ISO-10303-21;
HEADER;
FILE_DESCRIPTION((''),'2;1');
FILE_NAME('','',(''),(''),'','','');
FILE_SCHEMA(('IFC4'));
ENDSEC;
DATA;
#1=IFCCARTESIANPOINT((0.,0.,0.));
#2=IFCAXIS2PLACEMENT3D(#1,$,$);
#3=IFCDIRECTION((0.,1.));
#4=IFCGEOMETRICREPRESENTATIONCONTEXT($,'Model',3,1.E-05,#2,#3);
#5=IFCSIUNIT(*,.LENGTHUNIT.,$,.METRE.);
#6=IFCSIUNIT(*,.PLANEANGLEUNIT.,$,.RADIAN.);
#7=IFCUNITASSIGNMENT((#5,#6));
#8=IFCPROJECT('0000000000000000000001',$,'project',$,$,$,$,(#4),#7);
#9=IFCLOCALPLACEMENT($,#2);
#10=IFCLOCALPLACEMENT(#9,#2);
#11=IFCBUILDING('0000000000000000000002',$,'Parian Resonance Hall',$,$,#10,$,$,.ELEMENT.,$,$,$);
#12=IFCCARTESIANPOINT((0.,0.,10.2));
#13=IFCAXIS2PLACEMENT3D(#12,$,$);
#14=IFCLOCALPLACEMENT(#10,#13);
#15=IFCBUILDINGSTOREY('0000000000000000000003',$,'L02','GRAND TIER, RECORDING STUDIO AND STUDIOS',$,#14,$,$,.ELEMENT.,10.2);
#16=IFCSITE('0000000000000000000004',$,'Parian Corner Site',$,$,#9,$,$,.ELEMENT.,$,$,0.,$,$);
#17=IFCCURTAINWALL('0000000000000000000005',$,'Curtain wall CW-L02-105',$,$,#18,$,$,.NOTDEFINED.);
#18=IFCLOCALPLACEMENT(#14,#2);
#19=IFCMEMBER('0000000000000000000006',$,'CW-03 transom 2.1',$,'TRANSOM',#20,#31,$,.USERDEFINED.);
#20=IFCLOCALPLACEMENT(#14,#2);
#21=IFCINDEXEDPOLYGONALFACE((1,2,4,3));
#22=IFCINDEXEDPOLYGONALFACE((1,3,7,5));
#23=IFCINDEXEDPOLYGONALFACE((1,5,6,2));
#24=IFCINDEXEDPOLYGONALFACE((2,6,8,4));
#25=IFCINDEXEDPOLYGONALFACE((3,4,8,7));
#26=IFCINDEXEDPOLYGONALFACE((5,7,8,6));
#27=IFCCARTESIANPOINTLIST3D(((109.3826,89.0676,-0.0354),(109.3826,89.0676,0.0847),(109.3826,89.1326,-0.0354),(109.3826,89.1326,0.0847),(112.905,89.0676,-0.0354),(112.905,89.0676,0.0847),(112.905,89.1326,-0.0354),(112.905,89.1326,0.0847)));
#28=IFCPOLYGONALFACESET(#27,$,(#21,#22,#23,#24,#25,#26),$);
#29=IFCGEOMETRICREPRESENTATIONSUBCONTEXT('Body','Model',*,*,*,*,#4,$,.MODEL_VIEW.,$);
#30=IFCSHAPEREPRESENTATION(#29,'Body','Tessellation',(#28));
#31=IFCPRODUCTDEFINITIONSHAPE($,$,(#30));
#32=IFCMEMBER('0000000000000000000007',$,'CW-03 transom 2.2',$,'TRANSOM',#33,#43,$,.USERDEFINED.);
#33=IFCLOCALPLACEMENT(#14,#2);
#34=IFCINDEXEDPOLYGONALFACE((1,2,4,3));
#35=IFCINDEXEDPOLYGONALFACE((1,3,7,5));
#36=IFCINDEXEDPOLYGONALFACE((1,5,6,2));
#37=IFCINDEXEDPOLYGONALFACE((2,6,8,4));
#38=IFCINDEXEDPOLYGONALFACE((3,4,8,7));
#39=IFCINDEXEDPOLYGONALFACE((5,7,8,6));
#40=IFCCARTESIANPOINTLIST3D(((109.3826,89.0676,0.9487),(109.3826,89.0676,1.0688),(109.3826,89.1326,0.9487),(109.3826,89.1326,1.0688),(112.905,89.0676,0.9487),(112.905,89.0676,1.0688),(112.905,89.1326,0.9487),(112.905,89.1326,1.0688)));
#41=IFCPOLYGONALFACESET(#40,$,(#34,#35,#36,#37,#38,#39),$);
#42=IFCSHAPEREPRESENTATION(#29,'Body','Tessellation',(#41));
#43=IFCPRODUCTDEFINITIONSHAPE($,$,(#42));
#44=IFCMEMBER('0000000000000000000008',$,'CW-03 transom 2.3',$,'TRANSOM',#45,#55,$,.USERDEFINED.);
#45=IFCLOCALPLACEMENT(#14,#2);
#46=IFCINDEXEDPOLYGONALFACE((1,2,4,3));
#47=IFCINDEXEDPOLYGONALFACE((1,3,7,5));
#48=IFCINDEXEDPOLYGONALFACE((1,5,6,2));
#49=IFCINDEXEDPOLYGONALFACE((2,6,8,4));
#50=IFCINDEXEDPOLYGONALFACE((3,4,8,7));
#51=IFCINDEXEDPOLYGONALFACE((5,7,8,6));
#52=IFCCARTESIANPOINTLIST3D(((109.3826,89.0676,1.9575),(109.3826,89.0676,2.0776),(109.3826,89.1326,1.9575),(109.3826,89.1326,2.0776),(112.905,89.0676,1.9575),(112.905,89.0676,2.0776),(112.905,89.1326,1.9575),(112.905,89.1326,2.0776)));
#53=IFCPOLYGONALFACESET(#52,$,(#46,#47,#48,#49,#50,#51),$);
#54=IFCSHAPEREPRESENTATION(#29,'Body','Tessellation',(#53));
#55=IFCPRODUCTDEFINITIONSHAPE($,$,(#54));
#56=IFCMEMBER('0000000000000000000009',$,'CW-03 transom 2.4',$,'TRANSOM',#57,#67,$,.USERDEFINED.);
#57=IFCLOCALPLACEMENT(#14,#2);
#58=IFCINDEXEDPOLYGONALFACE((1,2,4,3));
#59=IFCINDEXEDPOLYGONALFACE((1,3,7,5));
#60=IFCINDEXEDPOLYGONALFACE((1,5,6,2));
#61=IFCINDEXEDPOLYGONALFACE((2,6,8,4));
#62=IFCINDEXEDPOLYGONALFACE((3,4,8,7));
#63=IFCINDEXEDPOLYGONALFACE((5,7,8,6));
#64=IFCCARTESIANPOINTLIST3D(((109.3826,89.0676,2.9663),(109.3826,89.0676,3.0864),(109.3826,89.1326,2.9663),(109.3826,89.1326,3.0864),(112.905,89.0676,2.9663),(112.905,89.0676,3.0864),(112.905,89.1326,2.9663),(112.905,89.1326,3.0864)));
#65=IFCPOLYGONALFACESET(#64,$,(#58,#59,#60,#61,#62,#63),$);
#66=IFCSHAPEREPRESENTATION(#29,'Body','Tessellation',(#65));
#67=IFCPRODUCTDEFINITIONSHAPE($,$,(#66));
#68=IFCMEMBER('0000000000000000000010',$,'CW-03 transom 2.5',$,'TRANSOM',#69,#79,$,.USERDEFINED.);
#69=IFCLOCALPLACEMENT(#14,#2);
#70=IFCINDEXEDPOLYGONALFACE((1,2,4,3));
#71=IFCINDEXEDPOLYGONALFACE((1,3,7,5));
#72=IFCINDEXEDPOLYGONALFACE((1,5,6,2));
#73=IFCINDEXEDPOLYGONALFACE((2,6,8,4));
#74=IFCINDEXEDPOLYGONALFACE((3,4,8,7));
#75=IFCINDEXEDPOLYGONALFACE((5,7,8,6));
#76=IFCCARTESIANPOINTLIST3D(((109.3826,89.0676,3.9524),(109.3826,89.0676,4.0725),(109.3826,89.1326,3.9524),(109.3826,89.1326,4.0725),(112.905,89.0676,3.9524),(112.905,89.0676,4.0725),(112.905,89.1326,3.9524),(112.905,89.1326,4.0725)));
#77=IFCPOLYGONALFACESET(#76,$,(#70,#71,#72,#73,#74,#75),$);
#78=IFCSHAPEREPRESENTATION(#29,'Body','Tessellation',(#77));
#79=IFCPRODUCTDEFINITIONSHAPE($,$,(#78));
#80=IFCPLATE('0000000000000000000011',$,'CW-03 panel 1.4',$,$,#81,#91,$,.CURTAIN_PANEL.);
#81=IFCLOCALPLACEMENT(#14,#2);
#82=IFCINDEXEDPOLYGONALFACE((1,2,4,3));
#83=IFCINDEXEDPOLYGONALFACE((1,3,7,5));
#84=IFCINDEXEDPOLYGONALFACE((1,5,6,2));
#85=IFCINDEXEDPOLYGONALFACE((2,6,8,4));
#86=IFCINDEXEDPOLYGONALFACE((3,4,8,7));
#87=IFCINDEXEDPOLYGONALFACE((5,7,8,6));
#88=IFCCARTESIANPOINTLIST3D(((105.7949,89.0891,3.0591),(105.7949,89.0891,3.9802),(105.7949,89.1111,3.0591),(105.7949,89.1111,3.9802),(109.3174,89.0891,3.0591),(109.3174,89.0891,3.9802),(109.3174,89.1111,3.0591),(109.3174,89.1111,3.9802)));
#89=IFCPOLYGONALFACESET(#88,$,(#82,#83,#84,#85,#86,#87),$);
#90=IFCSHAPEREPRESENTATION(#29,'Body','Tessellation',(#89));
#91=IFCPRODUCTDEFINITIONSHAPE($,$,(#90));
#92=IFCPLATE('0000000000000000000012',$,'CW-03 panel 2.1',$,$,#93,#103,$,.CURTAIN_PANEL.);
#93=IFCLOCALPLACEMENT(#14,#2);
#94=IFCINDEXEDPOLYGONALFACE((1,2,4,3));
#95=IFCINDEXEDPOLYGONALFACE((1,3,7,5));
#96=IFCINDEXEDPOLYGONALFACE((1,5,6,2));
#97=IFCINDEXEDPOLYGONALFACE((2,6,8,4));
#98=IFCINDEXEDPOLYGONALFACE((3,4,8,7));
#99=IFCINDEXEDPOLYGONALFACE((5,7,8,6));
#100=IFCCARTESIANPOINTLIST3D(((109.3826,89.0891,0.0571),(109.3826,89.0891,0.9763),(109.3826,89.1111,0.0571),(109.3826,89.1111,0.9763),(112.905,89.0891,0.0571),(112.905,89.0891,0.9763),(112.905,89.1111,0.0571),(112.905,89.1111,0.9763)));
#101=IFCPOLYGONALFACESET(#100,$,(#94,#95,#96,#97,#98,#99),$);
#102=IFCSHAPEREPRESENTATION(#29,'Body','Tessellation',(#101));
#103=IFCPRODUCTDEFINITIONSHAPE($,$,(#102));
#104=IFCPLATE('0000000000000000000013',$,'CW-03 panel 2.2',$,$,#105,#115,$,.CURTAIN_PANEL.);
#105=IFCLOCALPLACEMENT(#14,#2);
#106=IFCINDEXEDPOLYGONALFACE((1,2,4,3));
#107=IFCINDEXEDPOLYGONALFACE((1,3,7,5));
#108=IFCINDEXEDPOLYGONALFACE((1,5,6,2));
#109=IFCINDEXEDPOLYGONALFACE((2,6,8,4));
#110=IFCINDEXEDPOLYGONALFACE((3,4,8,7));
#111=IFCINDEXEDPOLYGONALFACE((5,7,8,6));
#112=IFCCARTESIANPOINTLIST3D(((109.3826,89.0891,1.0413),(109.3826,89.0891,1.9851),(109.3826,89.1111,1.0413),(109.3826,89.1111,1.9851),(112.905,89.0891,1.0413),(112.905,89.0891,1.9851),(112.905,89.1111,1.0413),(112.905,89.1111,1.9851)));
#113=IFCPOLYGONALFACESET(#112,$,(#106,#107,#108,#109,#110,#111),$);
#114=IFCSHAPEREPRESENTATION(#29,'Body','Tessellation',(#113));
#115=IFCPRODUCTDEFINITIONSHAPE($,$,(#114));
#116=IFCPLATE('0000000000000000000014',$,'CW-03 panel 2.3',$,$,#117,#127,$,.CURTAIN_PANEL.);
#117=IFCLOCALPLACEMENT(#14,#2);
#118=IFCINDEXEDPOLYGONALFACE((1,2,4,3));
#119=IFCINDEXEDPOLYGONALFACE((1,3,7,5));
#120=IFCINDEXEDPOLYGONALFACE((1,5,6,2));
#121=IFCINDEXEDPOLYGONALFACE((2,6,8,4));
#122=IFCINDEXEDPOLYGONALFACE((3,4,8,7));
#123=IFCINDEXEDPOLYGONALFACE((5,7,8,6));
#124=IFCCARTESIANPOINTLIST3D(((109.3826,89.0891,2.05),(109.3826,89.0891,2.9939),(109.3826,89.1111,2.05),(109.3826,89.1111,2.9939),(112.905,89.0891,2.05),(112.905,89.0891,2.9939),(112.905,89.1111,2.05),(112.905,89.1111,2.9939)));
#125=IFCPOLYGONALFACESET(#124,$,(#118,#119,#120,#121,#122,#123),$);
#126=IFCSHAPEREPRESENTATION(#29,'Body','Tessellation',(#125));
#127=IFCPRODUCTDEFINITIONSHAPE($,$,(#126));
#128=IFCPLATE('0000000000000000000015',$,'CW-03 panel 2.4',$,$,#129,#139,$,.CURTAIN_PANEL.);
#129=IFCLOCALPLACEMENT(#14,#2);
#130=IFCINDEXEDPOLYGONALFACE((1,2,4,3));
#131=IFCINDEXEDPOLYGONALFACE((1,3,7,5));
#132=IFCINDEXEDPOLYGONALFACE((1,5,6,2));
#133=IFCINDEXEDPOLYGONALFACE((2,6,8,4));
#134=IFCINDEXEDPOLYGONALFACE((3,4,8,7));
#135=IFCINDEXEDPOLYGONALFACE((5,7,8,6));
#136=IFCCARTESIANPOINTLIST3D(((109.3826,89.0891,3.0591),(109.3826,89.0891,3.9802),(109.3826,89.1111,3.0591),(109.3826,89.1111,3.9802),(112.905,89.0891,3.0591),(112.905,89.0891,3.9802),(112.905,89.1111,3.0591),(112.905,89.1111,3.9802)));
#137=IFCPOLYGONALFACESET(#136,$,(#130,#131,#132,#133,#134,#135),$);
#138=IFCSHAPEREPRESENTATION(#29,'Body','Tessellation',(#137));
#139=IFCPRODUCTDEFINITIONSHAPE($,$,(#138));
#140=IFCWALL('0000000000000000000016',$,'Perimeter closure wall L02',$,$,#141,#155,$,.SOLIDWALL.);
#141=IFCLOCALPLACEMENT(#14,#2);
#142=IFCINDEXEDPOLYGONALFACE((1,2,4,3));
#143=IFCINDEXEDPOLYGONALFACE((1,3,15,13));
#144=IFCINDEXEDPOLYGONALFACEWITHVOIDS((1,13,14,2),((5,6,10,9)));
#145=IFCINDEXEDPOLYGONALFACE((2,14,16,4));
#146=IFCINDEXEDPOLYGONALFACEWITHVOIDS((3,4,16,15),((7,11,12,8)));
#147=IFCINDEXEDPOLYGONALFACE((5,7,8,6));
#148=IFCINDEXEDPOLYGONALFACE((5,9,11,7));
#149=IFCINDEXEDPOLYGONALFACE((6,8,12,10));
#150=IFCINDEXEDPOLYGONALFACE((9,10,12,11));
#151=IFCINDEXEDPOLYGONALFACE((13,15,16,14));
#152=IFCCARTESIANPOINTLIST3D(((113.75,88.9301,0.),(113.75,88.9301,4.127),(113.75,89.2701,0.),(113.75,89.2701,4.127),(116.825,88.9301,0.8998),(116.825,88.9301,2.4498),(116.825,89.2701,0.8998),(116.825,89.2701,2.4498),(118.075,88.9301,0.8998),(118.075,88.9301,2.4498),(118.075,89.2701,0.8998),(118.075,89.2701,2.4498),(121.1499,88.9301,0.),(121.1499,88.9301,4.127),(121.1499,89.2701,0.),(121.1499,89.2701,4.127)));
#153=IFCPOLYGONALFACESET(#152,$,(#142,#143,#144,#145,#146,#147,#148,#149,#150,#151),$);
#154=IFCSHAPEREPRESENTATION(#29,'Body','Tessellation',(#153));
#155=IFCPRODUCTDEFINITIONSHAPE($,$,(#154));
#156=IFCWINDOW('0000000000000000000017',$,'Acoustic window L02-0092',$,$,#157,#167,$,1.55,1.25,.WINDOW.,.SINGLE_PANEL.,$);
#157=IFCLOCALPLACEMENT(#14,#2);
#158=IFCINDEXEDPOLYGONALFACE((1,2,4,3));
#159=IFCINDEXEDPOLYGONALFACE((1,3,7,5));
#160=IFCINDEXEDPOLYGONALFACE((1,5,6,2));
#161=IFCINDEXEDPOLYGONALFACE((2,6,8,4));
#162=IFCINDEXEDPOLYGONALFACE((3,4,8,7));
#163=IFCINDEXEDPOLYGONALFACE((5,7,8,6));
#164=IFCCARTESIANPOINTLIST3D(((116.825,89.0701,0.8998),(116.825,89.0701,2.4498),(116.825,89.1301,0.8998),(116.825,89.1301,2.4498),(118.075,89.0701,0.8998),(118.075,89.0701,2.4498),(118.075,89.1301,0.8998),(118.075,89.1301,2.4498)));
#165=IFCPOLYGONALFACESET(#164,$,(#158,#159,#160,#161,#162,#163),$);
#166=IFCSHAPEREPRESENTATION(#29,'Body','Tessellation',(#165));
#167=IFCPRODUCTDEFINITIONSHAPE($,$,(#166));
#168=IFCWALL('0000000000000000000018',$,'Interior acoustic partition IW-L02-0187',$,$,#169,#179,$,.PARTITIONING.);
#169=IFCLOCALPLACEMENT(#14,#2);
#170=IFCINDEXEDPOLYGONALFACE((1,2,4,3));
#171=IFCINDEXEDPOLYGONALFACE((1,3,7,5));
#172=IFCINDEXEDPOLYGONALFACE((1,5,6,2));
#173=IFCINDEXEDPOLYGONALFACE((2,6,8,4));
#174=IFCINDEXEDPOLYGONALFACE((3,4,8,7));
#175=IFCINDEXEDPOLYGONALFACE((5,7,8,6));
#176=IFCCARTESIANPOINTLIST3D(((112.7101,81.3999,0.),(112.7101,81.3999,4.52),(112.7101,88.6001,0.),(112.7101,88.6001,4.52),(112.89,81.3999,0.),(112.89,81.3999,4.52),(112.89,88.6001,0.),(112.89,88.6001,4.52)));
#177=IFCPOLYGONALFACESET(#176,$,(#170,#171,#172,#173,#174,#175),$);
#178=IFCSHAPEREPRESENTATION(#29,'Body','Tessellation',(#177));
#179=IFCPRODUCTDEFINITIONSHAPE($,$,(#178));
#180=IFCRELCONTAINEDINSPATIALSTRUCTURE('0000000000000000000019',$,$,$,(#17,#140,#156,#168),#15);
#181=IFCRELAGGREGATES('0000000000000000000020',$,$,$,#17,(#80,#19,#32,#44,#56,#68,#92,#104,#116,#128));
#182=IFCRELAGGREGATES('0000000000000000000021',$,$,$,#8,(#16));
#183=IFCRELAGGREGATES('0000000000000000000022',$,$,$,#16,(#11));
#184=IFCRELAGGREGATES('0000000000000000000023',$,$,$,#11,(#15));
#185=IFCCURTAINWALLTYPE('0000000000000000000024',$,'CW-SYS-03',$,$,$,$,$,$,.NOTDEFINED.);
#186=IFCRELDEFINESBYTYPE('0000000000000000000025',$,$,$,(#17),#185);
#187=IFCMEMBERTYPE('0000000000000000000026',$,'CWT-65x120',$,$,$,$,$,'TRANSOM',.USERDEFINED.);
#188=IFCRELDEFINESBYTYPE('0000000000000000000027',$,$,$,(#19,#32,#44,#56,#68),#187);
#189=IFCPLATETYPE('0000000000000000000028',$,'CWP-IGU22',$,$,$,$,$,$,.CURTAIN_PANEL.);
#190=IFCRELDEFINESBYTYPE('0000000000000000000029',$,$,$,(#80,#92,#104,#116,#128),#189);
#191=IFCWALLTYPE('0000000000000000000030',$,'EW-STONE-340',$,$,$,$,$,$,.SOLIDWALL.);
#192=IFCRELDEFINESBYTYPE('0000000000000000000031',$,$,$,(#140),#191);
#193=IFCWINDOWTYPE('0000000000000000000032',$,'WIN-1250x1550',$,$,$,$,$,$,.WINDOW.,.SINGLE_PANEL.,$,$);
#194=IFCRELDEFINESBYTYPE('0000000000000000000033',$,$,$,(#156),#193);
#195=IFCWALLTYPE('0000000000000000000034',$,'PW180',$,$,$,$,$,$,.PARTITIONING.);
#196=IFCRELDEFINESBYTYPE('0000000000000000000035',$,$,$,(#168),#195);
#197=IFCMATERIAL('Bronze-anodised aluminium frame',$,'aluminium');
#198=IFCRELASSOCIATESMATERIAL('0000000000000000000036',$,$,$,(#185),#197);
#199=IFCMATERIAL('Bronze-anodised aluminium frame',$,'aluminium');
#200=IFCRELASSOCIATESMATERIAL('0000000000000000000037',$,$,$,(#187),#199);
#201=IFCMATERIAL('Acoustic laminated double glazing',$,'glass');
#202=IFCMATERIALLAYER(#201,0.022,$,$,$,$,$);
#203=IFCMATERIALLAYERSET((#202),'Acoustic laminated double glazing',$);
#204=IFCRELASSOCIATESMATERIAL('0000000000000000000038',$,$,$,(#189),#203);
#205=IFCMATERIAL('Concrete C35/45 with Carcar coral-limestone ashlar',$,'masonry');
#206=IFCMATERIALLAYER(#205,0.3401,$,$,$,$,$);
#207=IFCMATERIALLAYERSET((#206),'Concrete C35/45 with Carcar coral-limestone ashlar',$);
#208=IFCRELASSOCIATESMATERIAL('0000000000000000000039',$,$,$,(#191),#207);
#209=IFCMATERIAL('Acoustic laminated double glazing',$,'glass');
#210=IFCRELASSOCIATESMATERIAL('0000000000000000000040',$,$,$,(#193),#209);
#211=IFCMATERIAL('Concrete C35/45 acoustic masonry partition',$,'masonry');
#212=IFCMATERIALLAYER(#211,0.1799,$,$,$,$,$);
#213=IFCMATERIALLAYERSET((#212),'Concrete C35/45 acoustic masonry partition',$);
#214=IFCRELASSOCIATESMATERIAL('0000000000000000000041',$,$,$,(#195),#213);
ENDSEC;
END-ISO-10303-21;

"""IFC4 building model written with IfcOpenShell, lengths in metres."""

from ifc_helpers import new_model, si_unit, direction, frame, frame_2d, origin, origin_2d, place, context, subcontext, project, spatial, rectangle, extrude, material, layer, layer_set, material_profile, profile_set, type_object, element, fill, aggregate, save


model = new_model("IFC4")

# Units and contexts
model_context = context("Model", 3, precision=1e-05, world=origin(), true_north=direction((0.0, 1.0)))
body_context = subcontext(model_context, "Body", "Model", "MODEL_VIEW")
ifc_project = project(units=[si_unit("LENGTHUNIT", "METRE"), si_unit("PLANEANGLEUNIT", "RADIAN")], contexts=[model_context])

# Site, building, storey
site_placement = place(None, origin())
site = spatial("IfcSite", under=ifc_project, at=site_placement, Name="Parian Corner Site", CompositionType="ELEMENT", RefElevation=0.0)
building_placement = place(site_placement, origin())
building = spatial("IfcBuilding", under=site, at=building_placement, Name="Parian Resonance Hall", CompositionType="ELEMENT")
storey_placement = place(building_placement, frame((0.0, 0.0, 10.2)))
storey = spatial("IfcBuildingStorey", under=building, at=storey_placement, Name="L02", Description="GRAND TIER, RECORDING STUDIO AND STUDIOS", CompositionType="ELEMENT", Elevation=10.2)

# Curtain wall, members, plates
ifc_material_1 = material(Name="Bronze-anodised aluminium frame", Category="aluminium")
curtain_wall_type = type_object("IfcCurtainWallType", Name="CW-SYS-03", PredefinedType="NOTDEFINED", material=ifc_material_1)
curtain_wall_placement = place(storey_placement, origin())
curtain_wall = element("IfcCurtainWall", 1, at=curtain_wall_placement, inside=storey, type_object=curtain_wall_type, Name="Curtain wall CW-L02-105", PredefinedType="NOTDEFINED")
ifc_material_2 = material(Name="Bronze-anodised aluminium frame", Category="aluminium")
ifc_material_profile_1 = material_profile(ifc_material_2, rectangle(XDim=0.0649, YDim=0.1201, at=origin_2d()), Name="CWT-65x120")
ifc_profile_set_1 = profile_set([ifc_material_profile_1], Name="Bronze-anodised aluminium frame")
member_type_1 = type_object("IfcMemberType", Name="CWT-65x120", ElementType="TRANSOM", PredefinedType="USERDEFINED", material=ifc_profile_set_1)
member_1_placement = place(storey_placement, frame((109.3826, 89.1001, 0.0247), z_axis=(1.0, 0.0, 0.0), x_axis=(0.0, 1.0, 0.0)))
member_1 = element("IfcMember", 2, at=member_1_placement, type_object=member_type_1, Name="CW-03 transom 2.1", ObjectType="TRANSOM", PredefinedType="USERDEFINED", context=body_context, shape_type="SweptSolid", body=[
    extrude(rectangle(XDim=0.0649, YDim=0.1201, at=origin_2d()), origin(), (0.0, 0.0, 1.0), 3.5225),
])
member_2_placement = place(storey_placement, frame((109.3826, 89.1001, 1.0088), z_axis=(1.0, 0.0, 0.0), x_axis=(0.0, 1.0, 0.0)))
member_2 = element("IfcMember", 3, at=member_2_placement, type_object=member_type_1, Name="CW-03 transom 2.2", ObjectType="TRANSOM", PredefinedType="USERDEFINED", context=body_context, shape_type="SweptSolid", body=[
    extrude(rectangle(XDim=0.0649, YDim=0.1201, at=origin_2d()), origin(), (0.0, 0.0, 1.0), 3.5225),
])
member_3_placement = place(storey_placement, frame((109.3826, 89.1001, 2.0176), z_axis=(1.0, 0.0, 0.0), x_axis=(0.0, 1.0, 0.0)))
member_3 = element("IfcMember", 4, at=member_3_placement, type_object=member_type_1, Name="CW-03 transom 2.3", ObjectType="TRANSOM", PredefinedType="USERDEFINED", context=body_context, shape_type="SweptSolid", body=[
    extrude(rectangle(XDim=0.0649, YDim=0.1201, at=origin_2d()), origin(), (0.0, 0.0, 1.0), 3.5225),
])
member_4_placement = place(storey_placement, frame((109.3826, 89.1001, 3.0264), z_axis=(1.0, 0.0, 0.0), x_axis=(0.0, 1.0, 0.0)))
member_4 = element("IfcMember", 5, at=member_4_placement, type_object=member_type_1, Name="CW-03 transom 2.4", ObjectType="TRANSOM", PredefinedType="USERDEFINED", context=body_context, shape_type="SweptSolid", body=[
    extrude(rectangle(XDim=0.0649, YDim=0.1201, at=origin_2d()), origin(), (0.0, 0.0, 1.0), 3.5225),
])
member_5_placement = place(storey_placement, frame((109.3826, 89.1001, 4.0125), z_axis=(1.0, 0.0, 0.0), x_axis=(0.0, 1.0, 0.0)))
member_5 = element("IfcMember", 6, at=member_5_placement, type_object=member_type_1, Name="CW-03 transom 2.5", ObjectType="TRANSOM", PredefinedType="USERDEFINED", context=body_context, shape_type="SweptSolid", body=[
    extrude(rectangle(XDim=0.0649, YDim=0.1201, at=origin_2d()), origin(), (0.0, 0.0, 1.0), 3.5225),
])
ifc_material_3 = material(Name="Acoustic laminated double glazing", Category="glass")
ifc_layer_1 = layer(ifc_material_3, 0.022)
ifc_layer_set_1 = layer_set([ifc_layer_1], Name="Acoustic laminated double glazing")
plate_type = type_object("IfcPlateType", Name="CWP-IGU22", PredefinedType="CURTAIN_PANEL", material=ifc_layer_set_1)
plate_1_placement = place(storey_placement, frame((107.5562, 89.1001, 3.0591), z_axis=(0.0, 0.0, 1.0), x_axis=(1.0, 0.0, 0.0)))
plate_1 = element("IfcPlate", 7, at=plate_1_placement, type_object=plate_type, Name="CW-03 panel 1.4", PredefinedType="CURTAIN_PANEL", context=body_context, shape_type="SweptSolid", body=[
    extrude(rectangle(XDim=3.5225, YDim=0.022, at=origin_2d()), origin(), (0.0, 0.0, 1.0), 0.9211),
])
plate_2_placement = place(storey_placement, frame((111.1438, 89.1001, 0.0571), z_axis=(0.0, 0.0, 1.0), x_axis=(1.0, 0.0, 0.0)))
plate_2 = element("IfcPlate", 8, at=plate_2_placement, type_object=plate_type, Name="CW-03 panel 2.1", PredefinedType="CURTAIN_PANEL", context=body_context, shape_type="SweptSolid", body=[
    extrude(rectangle(XDim=3.5225, YDim=0.022, at=origin_2d()), origin(), (0.0, 0.0, 1.0), 0.9192),
])
plate_3_placement = place(storey_placement, frame((111.1438, 89.1001, 1.0413), z_axis=(0.0, 0.0, 1.0), x_axis=(1.0, 0.0, 0.0)))
plate_3 = element("IfcPlate", 9, at=plate_3_placement, type_object=plate_type, Name="CW-03 panel 2.2", PredefinedType="CURTAIN_PANEL", context=body_context, shape_type="SweptSolid", body=[
    extrude(rectangle(XDim=3.5225, YDim=0.022, at=origin_2d()), origin(), (0.0, 0.0, 1.0), 0.9438),
])
plate_4_placement = place(storey_placement, frame((111.1438, 89.1001, 2.05), z_axis=(0.0, 0.0, 1.0), x_axis=(1.0, 0.0, 0.0)))
plate_4 = element("IfcPlate", 10, at=plate_4_placement, type_object=plate_type, Name="CW-03 panel 2.3", PredefinedType="CURTAIN_PANEL", context=body_context, shape_type="SweptSolid", body=[
    extrude(rectangle(XDim=3.5225, YDim=0.022, at=origin_2d()), origin(), (0.0, 0.0, 1.0), 0.9438),
])
plate_5_placement = place(storey_placement, frame((111.1438, 89.1001, 3.0591), z_axis=(0.0, 0.0, 1.0), x_axis=(1.0, 0.0, 0.0)))
plate_5 = element("IfcPlate", 11, at=plate_5_placement, type_object=plate_type, Name="CW-03 panel 2.4", PredefinedType="CURTAIN_PANEL", context=body_context, shape_type="SweptSolid", body=[
    extrude(rectangle(XDim=3.5225, YDim=0.022, at=origin_2d()), origin(), (0.0, 0.0, 1.0), 0.9211),
])
aggregate(curtain_wall, [plate_1, member_1, member_2, member_3, member_4, member_5, plate_2, plate_3, plate_4, plate_5])

# Wall, opening, window
ifc_material_4 = material(Name="Concrete C35/45 with Carcar coral-limestone ashlar", Category="masonry")
ifc_layer_2 = layer(ifc_material_4, 0.3401)
ifc_layer_set_2 = layer_set([ifc_layer_2], Name="Concrete C35/45 with Carcar coral-limestone ashlar")
wall_type_1 = type_object("IfcWallType", Name="EW-STONE-340", PredefinedType="SOLIDWALL", material=ifc_layer_set_2)
wall_1_placement = place(storey_placement, frame((121.1499, 89.1001, 0.0), z_axis=(0.0, 0.0, 1.0), x_axis=(-1.0, 0.0, 0.0)))
wall_1 = element("IfcWall", 12, at=wall_1_placement, inside=storey, type_object=wall_type_1, Name="Perimeter closure wall L02", PredefinedType="SOLIDWALL", context=body_context, shape_type="SweptSolid", body=[
    extrude(rectangle(XDim=7.3999, YDim=0.3401, at=frame_2d((3.7, 0.0))), origin(), (0.0, 0.0, 1.0), 4.127),
])
opening_placement = place(wall_1_placement, frame((3.075, 0.0, 0.8999)))
opening = element("IfcOpeningElement", 13, at=opening_placement, cuts=wall_1, PredefinedType="OPENING", context=body_context, shape_type="SweptSolid", body=[
    extrude(rectangle(XDim=1.25, YDim=1.55, at=frame_2d((0.625, 0.7749))), frame((0.0, 0.1799, 0.0), z_axis=(0.0, -1.0, 0.0), x_axis=(1.0, 0.0, 0.0)), (0.0, 0.0, 1.0), 0.3601),
])
ifc_material_5 = material(Name="Acoustic laminated double glazing", Category="glass")
window_type = type_object("IfcWindowType", Name="WIN-1250x1550", PartitioningType="SINGLE_PANEL", PredefinedType="WINDOW", material=ifc_material_5)
window_placement = place(opening_placement, origin())
window = element("IfcWindow", 14, at=window_placement, inside=storey, type_object=window_type, Name="Acoustic window L02-0092", OverallHeight=1.55, OverallWidth=1.25, PartitioningType="SINGLE_PANEL", PredefinedType="WINDOW", context=body_context, shape_type="SweptSolid", body=[
    extrude(rectangle(XDim=1.25, YDim=1.55, at=frame_2d((0.625, 0.7749))), frame((0.0, 0.03, 0.0), z_axis=(0.0, -1.0, 0.0), x_axis=(1.0, 0.0, 0.0)), (0.0, 0.0, 1.0), 0.0601),
])
fill(opening, window)

# Wall
ifc_material_6 = material(Name="Concrete C35/45 acoustic masonry partition", Category="masonry")
ifc_layer_3 = layer(ifc_material_6, 0.1799)
ifc_layer_set_3 = layer_set([ifc_layer_3], Name="Concrete C35/45 acoustic masonry partition")
wall_type_2 = type_object("IfcWallType", Name="PW180", PredefinedType="PARTITIONING", material=ifc_layer_set_3)
wall_2_placement = place(storey_placement, frame((112.8, 88.6001, 0.0), z_axis=(0.0, 0.0, 1.0), x_axis=(0.0, -1.0, 0.0)))
element("IfcWall", 15, at=wall_2_placement, inside=storey, type_object=wall_type_2, Name="Interior acoustic partition IW-L02-0187", PredefinedType="PARTITIONING", context=body_context, shape_type="SweptSolid", body=[
    extrude(rectangle(XDim=7.2002, YDim=0.1799, at=frame_2d((3.6001, 0.0))), origin(), (0.0, 0.0, 1.0), 4.52),
])

save(model, "model.ifc")
